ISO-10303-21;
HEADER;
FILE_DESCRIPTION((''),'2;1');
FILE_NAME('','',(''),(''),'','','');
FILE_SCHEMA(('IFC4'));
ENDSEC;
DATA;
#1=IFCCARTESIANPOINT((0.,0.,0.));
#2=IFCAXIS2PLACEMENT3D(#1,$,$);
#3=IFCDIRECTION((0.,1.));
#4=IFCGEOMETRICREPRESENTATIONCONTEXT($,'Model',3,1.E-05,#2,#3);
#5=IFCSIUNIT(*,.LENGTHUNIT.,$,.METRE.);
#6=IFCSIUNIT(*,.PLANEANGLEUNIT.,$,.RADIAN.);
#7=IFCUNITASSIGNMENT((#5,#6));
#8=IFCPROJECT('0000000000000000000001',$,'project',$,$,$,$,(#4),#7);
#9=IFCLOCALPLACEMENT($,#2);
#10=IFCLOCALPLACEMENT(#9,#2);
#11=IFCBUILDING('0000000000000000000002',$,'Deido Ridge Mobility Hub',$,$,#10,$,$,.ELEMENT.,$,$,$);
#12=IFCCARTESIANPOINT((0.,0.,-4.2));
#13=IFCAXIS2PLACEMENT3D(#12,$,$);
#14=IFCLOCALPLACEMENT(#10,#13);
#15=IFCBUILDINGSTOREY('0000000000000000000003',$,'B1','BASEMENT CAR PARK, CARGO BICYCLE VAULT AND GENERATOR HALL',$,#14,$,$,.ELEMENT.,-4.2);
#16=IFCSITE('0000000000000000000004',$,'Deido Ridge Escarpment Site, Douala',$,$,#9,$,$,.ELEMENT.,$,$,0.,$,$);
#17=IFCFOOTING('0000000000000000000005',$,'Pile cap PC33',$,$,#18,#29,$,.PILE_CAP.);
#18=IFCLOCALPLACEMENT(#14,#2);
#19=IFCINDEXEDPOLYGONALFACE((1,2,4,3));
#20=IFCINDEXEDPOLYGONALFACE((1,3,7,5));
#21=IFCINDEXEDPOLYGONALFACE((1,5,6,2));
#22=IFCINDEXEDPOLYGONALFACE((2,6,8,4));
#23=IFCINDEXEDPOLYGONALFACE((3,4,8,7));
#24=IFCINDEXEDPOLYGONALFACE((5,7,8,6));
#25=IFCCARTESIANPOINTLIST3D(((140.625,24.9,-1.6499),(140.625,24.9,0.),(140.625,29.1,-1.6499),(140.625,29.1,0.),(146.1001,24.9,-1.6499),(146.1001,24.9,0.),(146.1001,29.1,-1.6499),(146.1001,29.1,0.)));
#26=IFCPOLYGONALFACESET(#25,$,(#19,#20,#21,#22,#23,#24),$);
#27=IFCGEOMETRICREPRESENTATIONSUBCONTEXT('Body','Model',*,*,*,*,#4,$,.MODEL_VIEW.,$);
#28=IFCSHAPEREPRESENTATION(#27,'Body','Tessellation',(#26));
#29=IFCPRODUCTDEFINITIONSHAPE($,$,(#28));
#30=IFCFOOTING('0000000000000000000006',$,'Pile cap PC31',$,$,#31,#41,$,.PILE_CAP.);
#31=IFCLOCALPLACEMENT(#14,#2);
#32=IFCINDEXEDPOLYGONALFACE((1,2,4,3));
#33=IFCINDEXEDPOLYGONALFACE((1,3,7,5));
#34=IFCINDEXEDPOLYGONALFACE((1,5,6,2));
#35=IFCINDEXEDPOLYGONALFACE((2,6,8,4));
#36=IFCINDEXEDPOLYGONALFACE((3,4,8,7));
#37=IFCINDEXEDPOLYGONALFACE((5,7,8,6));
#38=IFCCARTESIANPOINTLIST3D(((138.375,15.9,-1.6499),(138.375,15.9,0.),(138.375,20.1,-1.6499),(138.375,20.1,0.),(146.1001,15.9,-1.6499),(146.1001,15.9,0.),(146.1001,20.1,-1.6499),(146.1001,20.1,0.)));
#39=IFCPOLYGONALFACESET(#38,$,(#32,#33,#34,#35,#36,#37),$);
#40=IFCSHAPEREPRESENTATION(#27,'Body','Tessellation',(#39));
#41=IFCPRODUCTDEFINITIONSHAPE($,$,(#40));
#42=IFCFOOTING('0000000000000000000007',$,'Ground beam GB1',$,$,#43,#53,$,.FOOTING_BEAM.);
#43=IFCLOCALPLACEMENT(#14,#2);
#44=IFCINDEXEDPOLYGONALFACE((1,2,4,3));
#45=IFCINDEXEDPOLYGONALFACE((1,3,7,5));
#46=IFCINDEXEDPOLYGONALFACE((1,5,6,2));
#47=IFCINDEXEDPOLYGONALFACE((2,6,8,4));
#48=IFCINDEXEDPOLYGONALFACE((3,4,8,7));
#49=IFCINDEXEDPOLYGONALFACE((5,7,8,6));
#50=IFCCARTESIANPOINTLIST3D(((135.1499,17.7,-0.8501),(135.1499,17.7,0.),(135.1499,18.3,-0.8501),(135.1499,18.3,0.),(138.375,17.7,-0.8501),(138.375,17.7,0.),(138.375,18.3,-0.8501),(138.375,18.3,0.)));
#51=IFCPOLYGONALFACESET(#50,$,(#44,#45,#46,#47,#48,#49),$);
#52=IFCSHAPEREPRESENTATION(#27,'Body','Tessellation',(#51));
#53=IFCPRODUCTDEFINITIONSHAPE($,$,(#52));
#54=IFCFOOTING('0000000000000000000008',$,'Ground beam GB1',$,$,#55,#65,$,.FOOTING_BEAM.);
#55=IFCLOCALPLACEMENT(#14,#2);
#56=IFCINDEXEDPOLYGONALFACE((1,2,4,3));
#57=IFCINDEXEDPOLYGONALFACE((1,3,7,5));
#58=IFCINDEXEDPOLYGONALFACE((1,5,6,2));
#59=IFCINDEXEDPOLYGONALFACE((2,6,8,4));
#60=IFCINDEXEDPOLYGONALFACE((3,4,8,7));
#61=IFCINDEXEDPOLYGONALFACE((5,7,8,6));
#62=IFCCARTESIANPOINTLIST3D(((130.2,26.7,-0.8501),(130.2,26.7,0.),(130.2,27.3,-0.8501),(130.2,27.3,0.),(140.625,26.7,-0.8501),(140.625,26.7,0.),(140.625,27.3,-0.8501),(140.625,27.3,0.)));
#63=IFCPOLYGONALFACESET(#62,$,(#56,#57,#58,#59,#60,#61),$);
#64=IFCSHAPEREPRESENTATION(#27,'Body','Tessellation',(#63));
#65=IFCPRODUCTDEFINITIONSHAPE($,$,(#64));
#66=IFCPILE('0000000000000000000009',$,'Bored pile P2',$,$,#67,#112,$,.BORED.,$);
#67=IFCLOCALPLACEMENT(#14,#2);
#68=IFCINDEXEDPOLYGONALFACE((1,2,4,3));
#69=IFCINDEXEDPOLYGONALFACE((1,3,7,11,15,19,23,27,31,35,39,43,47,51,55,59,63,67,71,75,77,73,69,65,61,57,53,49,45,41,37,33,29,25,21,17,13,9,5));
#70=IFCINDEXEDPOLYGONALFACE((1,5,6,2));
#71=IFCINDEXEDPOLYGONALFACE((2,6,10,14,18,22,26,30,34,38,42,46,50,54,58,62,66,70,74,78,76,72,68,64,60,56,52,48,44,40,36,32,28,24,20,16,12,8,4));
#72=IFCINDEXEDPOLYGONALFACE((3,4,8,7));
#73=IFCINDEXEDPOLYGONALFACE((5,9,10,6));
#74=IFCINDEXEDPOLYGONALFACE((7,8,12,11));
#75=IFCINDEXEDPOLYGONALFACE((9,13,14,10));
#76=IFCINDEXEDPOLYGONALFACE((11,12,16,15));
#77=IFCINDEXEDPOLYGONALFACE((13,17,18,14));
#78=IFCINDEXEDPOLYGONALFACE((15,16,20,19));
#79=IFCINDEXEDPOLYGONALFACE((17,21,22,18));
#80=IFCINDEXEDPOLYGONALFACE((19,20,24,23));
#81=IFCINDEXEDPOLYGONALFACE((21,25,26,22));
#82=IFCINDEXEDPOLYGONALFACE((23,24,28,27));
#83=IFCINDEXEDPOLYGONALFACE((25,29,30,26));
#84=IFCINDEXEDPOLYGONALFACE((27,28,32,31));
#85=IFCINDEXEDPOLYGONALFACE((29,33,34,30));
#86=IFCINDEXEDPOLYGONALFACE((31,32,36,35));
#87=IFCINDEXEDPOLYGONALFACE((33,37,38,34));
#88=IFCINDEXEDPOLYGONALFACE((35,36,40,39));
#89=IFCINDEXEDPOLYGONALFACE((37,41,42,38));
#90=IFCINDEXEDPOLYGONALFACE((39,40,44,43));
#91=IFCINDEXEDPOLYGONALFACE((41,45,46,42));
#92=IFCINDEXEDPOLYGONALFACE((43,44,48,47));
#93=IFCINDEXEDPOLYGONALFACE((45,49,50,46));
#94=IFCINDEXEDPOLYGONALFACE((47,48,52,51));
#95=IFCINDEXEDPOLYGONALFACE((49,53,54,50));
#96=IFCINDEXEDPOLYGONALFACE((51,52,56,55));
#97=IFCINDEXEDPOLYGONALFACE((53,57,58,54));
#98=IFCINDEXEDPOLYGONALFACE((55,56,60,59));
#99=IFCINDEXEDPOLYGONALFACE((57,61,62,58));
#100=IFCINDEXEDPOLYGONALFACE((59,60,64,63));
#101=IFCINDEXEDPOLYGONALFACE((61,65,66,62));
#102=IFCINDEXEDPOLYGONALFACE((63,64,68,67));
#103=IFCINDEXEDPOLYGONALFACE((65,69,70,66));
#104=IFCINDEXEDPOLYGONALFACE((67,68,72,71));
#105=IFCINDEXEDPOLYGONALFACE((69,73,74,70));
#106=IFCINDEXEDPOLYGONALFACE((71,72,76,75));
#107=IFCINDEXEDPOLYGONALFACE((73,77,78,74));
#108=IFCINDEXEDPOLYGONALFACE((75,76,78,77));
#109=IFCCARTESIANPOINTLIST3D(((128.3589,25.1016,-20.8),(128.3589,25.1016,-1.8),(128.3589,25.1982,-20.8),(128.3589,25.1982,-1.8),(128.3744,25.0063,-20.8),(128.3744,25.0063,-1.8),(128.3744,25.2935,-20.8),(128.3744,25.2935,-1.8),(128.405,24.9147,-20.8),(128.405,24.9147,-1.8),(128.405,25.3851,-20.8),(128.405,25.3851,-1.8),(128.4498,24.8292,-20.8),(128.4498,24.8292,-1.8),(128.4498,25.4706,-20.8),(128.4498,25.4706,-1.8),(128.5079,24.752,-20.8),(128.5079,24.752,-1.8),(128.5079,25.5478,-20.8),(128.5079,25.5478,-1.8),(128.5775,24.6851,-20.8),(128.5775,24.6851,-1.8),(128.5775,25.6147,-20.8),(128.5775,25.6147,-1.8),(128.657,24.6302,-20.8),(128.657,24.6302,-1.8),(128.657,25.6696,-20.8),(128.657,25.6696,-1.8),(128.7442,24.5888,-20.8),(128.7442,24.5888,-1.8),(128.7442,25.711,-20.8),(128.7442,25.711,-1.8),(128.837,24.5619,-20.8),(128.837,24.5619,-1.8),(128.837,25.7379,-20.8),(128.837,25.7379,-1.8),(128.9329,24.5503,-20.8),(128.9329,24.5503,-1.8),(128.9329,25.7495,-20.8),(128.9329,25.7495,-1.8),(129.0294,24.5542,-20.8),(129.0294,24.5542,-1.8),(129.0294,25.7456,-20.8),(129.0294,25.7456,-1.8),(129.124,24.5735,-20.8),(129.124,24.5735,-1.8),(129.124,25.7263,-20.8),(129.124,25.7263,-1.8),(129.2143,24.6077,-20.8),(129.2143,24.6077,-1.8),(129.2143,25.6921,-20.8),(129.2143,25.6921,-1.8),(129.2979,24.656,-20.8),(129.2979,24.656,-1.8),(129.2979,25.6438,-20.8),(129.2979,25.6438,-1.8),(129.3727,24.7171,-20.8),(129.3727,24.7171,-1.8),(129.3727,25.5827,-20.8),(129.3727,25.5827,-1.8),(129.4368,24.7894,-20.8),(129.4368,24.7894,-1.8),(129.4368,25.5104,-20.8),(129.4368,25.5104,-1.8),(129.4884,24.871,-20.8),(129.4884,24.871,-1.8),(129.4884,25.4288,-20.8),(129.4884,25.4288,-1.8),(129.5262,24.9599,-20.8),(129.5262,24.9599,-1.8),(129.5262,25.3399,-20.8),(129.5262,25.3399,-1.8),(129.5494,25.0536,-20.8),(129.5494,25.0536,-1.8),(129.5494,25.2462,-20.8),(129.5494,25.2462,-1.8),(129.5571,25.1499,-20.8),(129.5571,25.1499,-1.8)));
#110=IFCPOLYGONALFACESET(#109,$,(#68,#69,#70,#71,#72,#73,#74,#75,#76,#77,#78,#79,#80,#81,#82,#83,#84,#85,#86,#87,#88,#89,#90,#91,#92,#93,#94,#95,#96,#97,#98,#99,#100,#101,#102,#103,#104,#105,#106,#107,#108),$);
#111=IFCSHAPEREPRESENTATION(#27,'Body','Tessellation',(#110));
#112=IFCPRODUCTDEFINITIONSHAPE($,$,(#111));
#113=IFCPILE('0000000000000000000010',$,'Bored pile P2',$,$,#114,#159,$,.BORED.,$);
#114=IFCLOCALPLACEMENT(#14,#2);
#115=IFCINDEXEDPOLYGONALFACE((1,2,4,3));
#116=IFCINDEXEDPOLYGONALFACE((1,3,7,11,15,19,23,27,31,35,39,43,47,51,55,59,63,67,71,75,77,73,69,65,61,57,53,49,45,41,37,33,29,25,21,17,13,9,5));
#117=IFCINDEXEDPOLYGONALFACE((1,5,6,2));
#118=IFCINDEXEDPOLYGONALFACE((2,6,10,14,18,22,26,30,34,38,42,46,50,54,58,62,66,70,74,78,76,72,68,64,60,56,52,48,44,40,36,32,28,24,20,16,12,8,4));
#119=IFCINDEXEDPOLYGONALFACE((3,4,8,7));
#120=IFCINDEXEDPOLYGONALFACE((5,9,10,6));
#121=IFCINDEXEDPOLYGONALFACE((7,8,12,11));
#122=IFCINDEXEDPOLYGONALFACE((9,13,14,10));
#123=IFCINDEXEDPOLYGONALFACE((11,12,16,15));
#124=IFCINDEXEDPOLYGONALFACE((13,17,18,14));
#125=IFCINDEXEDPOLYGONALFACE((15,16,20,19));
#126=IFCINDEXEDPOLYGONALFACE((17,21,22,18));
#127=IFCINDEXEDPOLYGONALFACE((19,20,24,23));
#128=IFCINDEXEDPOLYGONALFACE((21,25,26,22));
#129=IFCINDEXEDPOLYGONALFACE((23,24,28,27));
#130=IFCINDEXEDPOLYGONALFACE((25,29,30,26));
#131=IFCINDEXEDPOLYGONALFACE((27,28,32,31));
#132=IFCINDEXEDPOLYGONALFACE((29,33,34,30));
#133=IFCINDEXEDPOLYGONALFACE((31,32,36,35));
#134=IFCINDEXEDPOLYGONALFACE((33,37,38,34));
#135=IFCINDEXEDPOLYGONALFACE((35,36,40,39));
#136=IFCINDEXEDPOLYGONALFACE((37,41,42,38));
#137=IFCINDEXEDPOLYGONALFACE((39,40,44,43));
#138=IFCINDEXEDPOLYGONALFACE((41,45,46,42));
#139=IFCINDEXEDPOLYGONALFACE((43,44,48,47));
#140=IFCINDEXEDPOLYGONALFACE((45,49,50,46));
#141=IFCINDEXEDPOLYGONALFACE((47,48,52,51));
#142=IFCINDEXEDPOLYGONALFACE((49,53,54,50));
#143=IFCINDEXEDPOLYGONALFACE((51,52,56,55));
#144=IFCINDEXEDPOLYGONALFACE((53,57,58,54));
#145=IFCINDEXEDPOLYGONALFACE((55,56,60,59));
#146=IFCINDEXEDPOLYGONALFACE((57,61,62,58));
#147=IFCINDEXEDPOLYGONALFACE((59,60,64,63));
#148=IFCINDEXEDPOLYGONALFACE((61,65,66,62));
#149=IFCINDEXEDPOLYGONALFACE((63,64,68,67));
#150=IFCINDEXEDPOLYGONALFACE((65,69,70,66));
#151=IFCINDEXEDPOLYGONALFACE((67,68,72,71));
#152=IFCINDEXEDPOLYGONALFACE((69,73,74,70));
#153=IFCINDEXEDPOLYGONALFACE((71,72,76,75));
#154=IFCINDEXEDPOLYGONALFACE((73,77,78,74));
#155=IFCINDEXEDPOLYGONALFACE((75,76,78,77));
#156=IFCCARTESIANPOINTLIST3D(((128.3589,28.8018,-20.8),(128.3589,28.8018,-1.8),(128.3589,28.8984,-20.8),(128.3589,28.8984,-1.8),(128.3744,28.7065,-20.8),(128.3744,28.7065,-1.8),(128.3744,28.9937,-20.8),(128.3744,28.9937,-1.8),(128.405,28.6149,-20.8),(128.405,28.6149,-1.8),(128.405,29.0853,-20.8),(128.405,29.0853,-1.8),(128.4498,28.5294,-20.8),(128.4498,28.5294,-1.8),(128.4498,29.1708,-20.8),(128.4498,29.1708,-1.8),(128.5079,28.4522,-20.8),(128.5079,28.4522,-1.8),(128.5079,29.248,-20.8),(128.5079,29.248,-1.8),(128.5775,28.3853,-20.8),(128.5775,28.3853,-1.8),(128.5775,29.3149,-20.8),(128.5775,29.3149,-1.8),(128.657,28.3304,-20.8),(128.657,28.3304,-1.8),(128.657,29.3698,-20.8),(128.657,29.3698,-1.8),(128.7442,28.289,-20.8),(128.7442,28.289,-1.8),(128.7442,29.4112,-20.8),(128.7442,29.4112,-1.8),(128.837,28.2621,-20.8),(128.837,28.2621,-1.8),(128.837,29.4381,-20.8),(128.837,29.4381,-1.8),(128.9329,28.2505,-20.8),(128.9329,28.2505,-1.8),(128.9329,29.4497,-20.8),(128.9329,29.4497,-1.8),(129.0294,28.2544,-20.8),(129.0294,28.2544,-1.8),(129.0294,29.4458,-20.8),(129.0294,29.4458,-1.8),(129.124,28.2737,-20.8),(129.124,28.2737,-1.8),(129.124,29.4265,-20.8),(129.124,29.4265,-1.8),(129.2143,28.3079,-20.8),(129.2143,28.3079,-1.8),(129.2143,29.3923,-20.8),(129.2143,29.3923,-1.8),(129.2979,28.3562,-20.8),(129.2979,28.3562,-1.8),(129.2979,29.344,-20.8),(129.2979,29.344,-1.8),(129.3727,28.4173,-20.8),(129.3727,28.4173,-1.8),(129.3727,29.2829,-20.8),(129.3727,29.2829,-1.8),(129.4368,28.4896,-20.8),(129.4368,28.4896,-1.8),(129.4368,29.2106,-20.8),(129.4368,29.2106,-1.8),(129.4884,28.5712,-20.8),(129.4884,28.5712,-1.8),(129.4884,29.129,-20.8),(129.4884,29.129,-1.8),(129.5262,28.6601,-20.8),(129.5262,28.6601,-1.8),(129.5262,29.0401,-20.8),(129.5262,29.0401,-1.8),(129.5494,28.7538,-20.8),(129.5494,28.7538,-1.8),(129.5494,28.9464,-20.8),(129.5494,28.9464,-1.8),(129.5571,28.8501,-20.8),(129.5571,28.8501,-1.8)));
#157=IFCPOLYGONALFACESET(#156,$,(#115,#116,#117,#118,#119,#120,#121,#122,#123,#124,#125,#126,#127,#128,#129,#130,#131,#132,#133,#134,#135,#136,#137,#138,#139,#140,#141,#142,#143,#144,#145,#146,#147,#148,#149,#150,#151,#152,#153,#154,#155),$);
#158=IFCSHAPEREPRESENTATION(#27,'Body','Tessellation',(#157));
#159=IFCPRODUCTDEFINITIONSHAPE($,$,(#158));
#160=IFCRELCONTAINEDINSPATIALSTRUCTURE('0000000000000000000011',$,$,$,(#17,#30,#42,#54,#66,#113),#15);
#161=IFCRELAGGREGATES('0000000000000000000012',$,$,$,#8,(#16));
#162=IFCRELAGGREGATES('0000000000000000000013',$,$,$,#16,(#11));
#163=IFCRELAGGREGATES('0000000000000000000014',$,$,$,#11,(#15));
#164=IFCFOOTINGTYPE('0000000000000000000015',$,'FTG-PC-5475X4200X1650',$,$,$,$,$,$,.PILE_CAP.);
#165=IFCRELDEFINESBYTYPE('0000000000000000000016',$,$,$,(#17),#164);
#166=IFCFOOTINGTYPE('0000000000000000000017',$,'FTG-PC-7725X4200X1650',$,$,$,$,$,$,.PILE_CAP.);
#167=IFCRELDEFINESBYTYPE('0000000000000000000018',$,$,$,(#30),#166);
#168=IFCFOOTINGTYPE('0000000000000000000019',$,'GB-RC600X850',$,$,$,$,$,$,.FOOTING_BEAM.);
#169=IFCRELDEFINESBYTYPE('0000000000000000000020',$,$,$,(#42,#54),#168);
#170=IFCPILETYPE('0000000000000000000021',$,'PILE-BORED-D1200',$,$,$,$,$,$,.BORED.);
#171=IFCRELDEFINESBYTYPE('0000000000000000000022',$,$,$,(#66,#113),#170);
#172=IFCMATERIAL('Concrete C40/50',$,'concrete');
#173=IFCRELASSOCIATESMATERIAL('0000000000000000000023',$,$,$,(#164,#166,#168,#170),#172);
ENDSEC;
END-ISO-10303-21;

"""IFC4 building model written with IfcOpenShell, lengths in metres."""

from ifc_helpers import new_model, si_unit, direction, frame, origin, origin_2d, place, context, subcontext, project, spatial, rectangle, circle, extrude, material, material_profile, profile_set, type_object, element, save


model = new_model("IFC4")

# Units and contexts
model_context = context("Model", 3, precision=1e-05, world=origin(), true_north=direction((0.0, 1.0)))
body_context = subcontext(model_context, "Body", "Model", "MODEL_VIEW")
ifc_project = project(units=[si_unit("LENGTHUNIT", "METRE"), si_unit("PLANEANGLEUNIT", "RADIAN")], contexts=[model_context])

# Site, building, storey
site_placement = place(None, origin())
site = spatial("IfcSite", under=ifc_project, at=site_placement, Name="Deido Ridge Escarpment Site, Douala", CompositionType="ELEMENT", RefElevation=0.0)
building_placement = place(site_placement, origin())
building = spatial("IfcBuilding", under=site, at=building_placement, Name="Deido Ridge Mobility Hub", CompositionType="ELEMENT")
storey_placement = place(building_placement, frame((0.0, 0.0, -4.2)))
storey = spatial("IfcBuildingStorey", under=building, at=storey_placement, Name="B1", Description="BASEMENT CAR PARK, CARGO BICYCLE VAULT AND GENERATOR HALL", CompositionType="ELEMENT", Elevation=-4.2)

# Footings
ifc_material_1 = material(Name="Concrete C40/50", Category="concrete")
footing_type_1 = type_object("IfcFootingType", Name="FTG-PC-5475X4200X1650", PredefinedType="PILE_CAP", material=ifc_material_1)
footing_1_placement = place(storey_placement, frame((143.3625, 27.0, -1.6499), z_axis=(0.0, 0.0, 1.0), x_axis=(1.0, 0.0, 0.0)))
element("IfcFooting", 1, at=footing_1_placement, inside=storey, type_object=footing_type_1, Name="Pile cap PC33", PredefinedType="PILE_CAP", context=body_context, shape_type="SweptSolid", body=[
    extrude(rectangle(XDim=5.4751, YDim=4.2, at=origin_2d()), origin(), (0.0, 0.0, 1.0), 1.6499),
])
footing_type_2 = type_object("IfcFootingType", Name="FTG-PC-7725X4200X1650", PredefinedType="PILE_CAP", material=ifc_material_1)
footing_2_placement = place(storey_placement, frame((142.2375, 18.0, -1.6499), z_axis=(0.0, 0.0, 1.0), x_axis=(1.0, 0.0, 0.0)))
element("IfcFooting", 2, at=footing_2_placement, inside=storey, type_object=footing_type_2, Name="Pile cap PC31", PredefinedType="PILE_CAP", context=body_context, shape_type="SweptSolid", body=[
    extrude(rectangle(XDim=7.7251, YDim=4.2, at=origin_2d()), origin(), (0.0, 0.0, 1.0), 1.6499),
])
ifc_material_profile_1 = material_profile(ifc_material_1, rectangle(XDim=0.6001, YDim=0.8501, at=origin_2d()), Name="RC GB 600x850")
ifc_profile_set_1 = profile_set([ifc_material_profile_1], Name="Concrete C40/50")
footing_type_3 = type_object("IfcFootingType", Name="GB-RC600X850", PredefinedType="FOOTING_BEAM", material=ifc_profile_set_1)
footing_3_placement = place(storey_placement, frame((135.1499, 18.0, -0.425), z_axis=(1.0, 0.0, 0.0), x_axis=(0.0, 1.0, 0.0)))
element("IfcFooting", 3, at=footing_3_placement, inside=storey, type_object=footing_type_3, Name="Ground beam GB1", PredefinedType="FOOTING_BEAM", context=body_context, shape_type="SweptSolid", body=[
    extrude(rectangle(XDim=0.6001, YDim=0.8501, at=origin_2d()), origin(), (0.0, 0.0, 1.0), 3.2251),
])
footing_4_placement = place(storey_placement, frame((130.2, 27.0, -0.425), z_axis=(1.0, 0.0, 0.0), x_axis=(0.0, 1.0, 0.0)))
element("IfcFooting", 4, at=footing_4_placement, inside=storey, type_object=footing_type_3, Name="Ground beam GB1", PredefinedType="FOOTING_BEAM", context=body_context, shape_type="SweptSolid", body=[
    extrude(rectangle(XDim=0.6001, YDim=0.8501, at=origin_2d()), origin(), (0.0, 0.0, 1.0), 10.425),
])

# Piles
ifc_material_profile_2 = material_profile(ifc_material_1, circle(Radius=0.6001, at=origin_2d()), Name="BORED PILE D1200")
ifc_profile_set_2 = profile_set([ifc_material_profile_2], Name="Concrete C40/50")
pile_type_1 = type_object("IfcPileType", Name="PILE-BORED-D1200", PredefinedType="BORED", material=ifc_profile_set_2)
for number, where, z_axis, x_axis, name in (
    (5, (128.957, 25.1499, -1.8), (0.0, 0.0, -1.0), (1.0, 0.0, 0.0), "Bored pile P2"),
    (6, (128.957, 28.8501, -1.8), (0.0, 0.0, -1.0), (1.0, 0.0, 0.0), "Bored pile P2"),
):
    element("IfcPile", number, at=place(storey_placement, frame(where, z_axis=z_axis, x_axis=x_axis)), inside=storey, type_object=pile_type_1, Name=name, PredefinedType="BORED", context=body_context, shape_type="SweptSolid", body=[
        extrude(circle(Radius=0.6001, at=origin_2d()), origin(), (0.0, 0.0, 1.0), 19.0),
    ])

save(model, "model.ifc")
